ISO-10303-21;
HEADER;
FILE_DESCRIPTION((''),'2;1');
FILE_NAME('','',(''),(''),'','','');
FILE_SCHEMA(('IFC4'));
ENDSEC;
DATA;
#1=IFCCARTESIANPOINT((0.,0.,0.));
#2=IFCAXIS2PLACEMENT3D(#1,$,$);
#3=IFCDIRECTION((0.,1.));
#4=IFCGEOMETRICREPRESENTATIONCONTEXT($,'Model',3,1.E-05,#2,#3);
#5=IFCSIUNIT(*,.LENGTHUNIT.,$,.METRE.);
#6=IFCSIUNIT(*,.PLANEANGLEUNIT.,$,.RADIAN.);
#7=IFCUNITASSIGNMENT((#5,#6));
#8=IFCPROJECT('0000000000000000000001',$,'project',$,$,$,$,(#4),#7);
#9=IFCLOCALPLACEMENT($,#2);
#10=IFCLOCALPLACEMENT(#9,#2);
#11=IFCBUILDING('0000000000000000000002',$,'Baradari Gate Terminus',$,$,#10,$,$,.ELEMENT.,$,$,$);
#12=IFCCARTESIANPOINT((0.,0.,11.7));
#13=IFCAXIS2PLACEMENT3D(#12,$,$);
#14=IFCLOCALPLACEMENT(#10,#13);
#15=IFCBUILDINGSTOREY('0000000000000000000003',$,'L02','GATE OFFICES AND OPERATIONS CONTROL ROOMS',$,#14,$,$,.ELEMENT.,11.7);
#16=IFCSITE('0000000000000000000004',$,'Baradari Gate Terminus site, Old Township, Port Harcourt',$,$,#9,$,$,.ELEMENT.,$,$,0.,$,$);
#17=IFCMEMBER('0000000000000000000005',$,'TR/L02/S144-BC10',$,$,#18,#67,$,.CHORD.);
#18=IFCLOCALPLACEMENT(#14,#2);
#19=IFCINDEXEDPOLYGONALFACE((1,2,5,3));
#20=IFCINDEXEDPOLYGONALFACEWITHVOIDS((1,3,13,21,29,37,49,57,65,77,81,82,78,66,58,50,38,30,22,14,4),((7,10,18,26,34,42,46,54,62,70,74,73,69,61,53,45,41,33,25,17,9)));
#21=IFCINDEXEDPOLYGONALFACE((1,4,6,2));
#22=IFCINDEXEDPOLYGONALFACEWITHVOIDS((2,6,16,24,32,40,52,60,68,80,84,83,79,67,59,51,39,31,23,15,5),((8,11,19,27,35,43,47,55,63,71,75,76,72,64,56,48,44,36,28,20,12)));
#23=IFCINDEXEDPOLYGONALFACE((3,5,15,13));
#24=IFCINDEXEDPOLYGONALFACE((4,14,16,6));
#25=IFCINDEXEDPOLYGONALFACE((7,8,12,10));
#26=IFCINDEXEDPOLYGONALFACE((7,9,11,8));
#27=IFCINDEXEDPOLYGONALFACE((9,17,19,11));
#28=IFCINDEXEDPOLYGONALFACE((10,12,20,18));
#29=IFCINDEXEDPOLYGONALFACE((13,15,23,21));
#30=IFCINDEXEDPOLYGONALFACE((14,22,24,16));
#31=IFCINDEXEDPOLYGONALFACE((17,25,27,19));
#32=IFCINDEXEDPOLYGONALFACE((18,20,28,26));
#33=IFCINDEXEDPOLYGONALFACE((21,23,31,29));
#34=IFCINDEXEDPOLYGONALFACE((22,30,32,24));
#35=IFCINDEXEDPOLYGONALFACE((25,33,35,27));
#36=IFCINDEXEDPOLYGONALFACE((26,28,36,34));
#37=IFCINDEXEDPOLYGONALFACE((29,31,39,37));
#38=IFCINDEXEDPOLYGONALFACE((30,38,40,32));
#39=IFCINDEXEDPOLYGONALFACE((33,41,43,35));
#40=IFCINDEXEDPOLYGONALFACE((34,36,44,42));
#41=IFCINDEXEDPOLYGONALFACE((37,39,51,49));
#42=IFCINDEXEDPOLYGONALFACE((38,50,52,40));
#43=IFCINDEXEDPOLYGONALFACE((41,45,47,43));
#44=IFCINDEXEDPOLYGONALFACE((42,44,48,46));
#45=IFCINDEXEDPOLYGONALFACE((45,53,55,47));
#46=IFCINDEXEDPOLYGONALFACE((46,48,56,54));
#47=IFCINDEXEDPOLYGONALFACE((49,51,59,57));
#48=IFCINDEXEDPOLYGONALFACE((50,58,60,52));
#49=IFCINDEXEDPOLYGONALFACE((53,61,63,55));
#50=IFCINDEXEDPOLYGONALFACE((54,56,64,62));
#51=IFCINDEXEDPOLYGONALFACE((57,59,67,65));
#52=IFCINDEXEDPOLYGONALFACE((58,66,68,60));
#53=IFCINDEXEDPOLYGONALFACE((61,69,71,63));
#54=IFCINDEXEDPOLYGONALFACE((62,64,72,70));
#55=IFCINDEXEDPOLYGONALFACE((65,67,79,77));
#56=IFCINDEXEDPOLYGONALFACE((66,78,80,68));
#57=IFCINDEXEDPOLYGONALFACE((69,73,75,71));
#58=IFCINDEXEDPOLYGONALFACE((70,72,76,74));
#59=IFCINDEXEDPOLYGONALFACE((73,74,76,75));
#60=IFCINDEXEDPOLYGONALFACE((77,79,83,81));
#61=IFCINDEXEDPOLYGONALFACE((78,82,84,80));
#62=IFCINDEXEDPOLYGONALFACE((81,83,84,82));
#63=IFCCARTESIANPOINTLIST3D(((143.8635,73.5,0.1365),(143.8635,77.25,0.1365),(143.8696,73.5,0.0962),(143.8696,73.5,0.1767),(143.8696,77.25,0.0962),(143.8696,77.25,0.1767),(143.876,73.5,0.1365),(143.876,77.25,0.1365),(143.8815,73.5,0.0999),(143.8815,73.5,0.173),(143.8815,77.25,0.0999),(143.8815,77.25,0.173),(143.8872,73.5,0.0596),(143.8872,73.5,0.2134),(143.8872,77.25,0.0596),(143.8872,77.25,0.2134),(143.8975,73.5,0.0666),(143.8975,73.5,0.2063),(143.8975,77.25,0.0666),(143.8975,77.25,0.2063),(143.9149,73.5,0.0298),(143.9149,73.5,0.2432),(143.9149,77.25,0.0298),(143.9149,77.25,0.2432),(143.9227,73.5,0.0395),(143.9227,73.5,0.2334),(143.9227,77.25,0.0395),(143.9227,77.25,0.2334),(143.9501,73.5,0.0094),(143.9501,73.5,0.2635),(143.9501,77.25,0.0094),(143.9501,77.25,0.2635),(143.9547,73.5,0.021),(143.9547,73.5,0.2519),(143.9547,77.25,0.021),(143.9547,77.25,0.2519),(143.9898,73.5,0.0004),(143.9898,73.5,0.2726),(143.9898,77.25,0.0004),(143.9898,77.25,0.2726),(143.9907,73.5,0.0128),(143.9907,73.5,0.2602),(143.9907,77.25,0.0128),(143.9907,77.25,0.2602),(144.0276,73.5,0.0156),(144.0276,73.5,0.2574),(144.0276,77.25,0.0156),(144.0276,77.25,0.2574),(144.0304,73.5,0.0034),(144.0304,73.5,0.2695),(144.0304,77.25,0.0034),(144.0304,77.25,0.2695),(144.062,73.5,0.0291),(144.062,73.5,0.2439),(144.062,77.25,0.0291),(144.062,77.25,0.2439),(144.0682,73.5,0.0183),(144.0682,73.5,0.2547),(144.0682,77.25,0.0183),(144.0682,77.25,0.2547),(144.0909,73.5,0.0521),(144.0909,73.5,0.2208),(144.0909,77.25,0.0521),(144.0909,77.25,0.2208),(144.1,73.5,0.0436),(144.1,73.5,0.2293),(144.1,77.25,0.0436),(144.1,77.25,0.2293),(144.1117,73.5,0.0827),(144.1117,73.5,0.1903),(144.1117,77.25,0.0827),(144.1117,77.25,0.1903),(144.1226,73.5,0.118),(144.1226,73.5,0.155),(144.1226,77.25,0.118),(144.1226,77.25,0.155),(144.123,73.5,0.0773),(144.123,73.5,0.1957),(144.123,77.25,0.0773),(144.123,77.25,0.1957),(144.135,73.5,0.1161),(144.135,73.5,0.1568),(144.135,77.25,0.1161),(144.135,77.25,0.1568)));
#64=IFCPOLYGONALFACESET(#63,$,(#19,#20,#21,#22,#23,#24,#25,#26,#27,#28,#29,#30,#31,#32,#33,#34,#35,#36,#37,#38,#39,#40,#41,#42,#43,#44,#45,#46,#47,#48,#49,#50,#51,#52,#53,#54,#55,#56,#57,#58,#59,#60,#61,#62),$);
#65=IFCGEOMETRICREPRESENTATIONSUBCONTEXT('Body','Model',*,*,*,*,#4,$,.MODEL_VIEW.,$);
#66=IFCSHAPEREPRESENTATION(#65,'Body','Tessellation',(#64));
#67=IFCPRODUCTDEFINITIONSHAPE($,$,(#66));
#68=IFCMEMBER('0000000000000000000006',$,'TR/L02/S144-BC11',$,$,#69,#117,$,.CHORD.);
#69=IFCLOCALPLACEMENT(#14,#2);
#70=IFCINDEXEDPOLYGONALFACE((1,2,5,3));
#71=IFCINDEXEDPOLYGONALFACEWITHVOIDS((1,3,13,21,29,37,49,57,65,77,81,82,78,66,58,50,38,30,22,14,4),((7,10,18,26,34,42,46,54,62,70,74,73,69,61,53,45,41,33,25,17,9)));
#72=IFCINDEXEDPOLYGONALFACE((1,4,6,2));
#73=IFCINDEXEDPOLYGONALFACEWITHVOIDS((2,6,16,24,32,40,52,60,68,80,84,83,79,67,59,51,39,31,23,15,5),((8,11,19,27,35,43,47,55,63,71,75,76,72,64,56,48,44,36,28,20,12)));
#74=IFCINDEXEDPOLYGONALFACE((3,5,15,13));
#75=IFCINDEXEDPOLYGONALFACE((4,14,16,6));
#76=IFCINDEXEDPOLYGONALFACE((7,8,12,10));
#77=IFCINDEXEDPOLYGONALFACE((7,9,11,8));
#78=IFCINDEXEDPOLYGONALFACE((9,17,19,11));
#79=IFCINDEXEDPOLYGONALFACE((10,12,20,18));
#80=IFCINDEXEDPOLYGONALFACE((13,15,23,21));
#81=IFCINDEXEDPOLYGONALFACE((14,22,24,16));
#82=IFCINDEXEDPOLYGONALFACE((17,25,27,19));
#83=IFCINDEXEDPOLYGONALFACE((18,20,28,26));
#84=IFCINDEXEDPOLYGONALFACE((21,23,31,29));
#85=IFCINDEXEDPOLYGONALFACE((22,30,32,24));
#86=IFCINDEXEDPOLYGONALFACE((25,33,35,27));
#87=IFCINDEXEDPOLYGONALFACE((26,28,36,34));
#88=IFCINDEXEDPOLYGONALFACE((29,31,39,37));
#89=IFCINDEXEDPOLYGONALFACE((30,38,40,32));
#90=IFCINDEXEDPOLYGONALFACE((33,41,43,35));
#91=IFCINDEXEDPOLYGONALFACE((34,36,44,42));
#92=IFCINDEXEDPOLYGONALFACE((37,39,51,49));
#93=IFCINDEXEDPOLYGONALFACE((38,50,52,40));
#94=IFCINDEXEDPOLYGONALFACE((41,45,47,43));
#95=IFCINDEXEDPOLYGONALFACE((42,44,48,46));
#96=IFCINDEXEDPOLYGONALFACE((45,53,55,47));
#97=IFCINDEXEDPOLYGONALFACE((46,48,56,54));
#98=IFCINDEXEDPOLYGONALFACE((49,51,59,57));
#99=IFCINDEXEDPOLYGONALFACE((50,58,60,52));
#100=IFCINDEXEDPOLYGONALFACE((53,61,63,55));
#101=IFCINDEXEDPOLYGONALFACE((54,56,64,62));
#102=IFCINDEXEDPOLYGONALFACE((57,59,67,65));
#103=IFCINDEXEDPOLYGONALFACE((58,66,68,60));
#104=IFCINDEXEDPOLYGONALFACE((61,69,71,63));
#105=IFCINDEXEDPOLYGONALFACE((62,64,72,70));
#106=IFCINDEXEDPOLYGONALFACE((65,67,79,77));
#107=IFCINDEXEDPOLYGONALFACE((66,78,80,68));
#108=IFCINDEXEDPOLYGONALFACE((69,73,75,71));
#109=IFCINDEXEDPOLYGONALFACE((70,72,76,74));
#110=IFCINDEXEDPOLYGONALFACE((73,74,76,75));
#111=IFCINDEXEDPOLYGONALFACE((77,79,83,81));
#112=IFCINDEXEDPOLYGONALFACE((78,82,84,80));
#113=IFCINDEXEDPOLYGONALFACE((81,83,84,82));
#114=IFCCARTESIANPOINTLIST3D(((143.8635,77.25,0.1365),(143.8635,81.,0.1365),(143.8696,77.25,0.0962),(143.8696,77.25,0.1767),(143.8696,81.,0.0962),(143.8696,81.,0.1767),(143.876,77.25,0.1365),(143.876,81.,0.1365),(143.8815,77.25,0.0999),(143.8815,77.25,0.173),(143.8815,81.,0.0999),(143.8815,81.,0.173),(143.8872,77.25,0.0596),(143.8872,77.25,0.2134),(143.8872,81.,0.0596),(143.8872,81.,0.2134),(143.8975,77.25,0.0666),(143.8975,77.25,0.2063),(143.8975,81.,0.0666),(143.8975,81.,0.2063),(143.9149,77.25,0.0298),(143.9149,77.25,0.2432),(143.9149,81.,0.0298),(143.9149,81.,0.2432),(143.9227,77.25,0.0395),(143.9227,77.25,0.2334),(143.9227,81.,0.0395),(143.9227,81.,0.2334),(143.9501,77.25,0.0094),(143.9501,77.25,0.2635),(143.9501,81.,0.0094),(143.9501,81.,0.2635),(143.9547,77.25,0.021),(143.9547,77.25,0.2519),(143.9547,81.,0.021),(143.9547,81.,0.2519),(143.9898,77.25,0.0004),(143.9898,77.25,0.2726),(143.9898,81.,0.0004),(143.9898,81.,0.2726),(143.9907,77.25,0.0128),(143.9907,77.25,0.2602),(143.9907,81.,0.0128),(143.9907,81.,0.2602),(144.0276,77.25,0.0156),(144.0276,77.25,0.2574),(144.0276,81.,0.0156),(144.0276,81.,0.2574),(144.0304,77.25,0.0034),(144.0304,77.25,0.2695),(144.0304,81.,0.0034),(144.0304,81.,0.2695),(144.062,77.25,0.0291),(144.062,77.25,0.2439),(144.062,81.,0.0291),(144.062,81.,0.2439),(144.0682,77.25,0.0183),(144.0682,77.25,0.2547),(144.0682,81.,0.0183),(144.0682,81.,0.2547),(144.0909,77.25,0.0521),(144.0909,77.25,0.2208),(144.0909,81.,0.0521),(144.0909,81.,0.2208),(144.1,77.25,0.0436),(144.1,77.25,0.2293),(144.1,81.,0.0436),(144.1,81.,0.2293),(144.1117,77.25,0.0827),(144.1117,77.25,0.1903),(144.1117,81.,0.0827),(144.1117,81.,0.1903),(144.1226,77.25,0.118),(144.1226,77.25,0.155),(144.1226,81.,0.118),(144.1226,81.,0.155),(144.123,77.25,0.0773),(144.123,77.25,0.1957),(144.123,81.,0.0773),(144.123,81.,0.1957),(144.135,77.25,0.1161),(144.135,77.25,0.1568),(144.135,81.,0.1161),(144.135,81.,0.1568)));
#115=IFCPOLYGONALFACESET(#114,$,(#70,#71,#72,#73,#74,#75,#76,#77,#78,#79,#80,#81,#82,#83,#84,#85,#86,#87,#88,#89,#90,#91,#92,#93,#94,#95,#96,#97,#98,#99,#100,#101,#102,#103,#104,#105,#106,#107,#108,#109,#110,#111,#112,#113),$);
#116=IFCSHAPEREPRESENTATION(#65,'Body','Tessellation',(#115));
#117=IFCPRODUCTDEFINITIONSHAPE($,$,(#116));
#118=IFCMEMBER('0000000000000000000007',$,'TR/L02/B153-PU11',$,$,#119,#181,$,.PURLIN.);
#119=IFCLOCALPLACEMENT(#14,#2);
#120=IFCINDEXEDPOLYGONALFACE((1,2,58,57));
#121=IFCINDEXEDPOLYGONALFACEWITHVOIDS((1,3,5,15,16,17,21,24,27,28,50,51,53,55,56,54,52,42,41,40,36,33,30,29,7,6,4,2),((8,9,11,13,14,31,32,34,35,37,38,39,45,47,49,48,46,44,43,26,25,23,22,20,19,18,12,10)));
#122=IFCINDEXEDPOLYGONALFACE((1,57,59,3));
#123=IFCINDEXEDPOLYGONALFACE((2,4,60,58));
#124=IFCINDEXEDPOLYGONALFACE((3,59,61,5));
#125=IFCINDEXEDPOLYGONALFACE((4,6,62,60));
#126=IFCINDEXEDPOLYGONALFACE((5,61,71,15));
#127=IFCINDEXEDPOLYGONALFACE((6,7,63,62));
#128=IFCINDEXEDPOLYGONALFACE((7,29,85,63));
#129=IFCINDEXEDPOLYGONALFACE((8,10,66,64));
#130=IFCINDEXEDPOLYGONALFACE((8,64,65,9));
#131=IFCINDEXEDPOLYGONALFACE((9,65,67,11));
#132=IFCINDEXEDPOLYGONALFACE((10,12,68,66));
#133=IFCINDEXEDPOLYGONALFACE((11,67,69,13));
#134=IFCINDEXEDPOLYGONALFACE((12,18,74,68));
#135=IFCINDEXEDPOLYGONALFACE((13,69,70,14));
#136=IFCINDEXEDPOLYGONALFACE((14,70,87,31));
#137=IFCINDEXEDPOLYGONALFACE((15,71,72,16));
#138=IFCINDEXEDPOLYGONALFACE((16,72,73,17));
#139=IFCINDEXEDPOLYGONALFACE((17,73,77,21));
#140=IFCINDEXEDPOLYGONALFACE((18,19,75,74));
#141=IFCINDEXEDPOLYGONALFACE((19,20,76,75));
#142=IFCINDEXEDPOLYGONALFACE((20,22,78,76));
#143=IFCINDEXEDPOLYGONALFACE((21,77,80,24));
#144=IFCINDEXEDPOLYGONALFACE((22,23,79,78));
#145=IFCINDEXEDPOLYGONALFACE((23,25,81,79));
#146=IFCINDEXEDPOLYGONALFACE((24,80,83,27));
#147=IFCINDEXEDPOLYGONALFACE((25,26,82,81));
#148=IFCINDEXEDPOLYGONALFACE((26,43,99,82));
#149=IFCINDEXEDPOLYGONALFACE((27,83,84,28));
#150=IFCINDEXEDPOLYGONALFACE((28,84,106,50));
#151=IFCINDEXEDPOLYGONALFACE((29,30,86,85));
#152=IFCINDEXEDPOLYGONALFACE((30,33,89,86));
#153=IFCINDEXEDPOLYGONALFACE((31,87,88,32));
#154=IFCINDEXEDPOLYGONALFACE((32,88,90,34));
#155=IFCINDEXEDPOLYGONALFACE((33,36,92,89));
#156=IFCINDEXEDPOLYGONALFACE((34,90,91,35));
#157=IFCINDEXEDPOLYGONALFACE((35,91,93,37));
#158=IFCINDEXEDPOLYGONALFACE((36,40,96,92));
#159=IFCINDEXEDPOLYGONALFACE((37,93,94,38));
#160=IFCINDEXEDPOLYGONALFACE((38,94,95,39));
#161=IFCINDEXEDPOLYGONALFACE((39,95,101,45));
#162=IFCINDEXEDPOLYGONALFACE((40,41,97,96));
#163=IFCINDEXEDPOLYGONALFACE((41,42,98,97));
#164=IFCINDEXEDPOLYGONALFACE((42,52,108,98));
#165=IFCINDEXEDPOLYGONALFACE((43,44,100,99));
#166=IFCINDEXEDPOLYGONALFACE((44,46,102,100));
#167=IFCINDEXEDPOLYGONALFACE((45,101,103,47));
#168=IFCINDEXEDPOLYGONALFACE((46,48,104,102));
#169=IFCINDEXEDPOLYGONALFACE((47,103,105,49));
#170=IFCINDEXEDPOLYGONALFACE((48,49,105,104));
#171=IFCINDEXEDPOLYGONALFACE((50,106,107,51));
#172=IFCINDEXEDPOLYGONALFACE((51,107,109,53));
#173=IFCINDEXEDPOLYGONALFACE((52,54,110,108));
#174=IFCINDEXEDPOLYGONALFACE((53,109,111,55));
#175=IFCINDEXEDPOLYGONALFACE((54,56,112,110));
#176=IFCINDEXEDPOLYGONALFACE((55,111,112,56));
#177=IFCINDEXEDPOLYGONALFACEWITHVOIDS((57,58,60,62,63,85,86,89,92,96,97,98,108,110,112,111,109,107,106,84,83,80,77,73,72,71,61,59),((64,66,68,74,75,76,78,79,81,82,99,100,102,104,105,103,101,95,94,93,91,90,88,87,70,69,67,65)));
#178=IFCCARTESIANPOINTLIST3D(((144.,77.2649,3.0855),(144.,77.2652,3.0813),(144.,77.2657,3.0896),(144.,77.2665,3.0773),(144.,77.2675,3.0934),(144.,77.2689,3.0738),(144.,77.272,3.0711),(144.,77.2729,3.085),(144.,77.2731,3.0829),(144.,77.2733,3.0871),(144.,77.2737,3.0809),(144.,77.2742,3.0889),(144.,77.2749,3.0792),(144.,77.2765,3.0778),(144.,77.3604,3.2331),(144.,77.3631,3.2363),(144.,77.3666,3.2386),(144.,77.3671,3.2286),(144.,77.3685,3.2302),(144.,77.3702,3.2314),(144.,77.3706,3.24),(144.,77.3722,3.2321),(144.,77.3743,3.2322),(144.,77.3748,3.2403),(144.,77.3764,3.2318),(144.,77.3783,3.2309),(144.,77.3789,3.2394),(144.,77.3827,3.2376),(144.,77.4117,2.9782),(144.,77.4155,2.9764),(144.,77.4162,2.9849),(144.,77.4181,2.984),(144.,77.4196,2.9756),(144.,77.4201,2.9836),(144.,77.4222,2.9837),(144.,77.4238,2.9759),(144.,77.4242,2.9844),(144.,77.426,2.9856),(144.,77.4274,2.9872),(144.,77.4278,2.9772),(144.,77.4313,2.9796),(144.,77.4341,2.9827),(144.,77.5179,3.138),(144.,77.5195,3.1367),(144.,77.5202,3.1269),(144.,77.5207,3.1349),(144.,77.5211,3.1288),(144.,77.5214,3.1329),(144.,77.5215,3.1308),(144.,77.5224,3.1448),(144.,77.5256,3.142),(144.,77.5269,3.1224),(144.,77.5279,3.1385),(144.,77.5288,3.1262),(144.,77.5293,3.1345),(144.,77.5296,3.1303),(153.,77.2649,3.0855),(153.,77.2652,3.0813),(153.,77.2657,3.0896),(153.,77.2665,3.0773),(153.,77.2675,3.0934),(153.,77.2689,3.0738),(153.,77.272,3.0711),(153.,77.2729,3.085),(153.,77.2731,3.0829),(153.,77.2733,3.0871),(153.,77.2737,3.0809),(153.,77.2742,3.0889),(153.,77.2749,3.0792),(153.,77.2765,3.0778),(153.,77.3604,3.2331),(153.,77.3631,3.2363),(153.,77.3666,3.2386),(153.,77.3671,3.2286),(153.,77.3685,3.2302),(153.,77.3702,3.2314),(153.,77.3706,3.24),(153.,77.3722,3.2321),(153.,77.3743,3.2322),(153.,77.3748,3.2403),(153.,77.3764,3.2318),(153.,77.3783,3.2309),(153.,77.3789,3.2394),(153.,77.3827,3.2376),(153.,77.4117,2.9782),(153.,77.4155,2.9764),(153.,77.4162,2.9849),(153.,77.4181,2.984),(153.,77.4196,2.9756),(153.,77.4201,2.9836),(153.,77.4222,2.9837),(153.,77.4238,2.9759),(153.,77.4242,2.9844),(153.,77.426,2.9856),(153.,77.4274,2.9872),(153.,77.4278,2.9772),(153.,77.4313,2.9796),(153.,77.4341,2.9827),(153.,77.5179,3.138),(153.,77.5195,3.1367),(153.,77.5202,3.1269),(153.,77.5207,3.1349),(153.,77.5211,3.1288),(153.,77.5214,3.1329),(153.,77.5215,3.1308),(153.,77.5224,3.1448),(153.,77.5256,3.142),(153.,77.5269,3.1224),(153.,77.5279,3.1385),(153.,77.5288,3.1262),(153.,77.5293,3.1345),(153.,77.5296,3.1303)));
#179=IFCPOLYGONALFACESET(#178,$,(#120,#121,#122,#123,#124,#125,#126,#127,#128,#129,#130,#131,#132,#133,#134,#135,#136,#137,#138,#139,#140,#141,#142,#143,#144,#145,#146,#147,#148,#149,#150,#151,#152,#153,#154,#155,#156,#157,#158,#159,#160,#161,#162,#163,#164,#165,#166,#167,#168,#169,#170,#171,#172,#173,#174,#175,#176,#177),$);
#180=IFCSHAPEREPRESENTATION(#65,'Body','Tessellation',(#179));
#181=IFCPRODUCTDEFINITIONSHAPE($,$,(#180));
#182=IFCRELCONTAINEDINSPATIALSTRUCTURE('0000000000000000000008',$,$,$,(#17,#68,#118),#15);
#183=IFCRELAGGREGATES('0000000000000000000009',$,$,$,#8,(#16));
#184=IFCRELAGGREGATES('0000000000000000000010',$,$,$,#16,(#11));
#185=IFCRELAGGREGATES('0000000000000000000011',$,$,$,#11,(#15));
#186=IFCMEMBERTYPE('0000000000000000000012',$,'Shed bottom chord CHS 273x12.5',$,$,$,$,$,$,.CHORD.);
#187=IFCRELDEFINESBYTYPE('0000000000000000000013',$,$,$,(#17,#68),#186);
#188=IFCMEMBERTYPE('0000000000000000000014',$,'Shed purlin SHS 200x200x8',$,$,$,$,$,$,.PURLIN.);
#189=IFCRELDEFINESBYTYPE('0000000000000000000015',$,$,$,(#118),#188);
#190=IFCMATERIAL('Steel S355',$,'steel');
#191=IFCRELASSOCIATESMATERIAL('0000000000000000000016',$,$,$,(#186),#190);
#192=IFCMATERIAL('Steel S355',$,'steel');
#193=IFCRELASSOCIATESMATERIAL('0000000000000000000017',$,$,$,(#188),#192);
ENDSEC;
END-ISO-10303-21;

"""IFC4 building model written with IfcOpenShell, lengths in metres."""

from ifc_helpers import new_model, si_unit, direction, frame, origin, origin_2d, place, context, subcontext, project, spatial, hollow_rectangle, hollow_circle, extrude, material, material_profile, profile_set, type_object, element, save


model = new_model("IFC4")

# Units and contexts
model_context = context("Model", 3, precision=1e-05, world=origin(), true_north=direction((0.0, 1.0)))
body_context = subcontext(model_context, "Body", "Model", "MODEL_VIEW")
ifc_project = project(units=[si_unit("LENGTHUNIT", "METRE"), si_unit("PLANEANGLEUNIT", "RADIAN")], contexts=[model_context])

# Site, building, storey
site_placement = place(None, origin())
site = spatial("IfcSite", under=ifc_project, at=site_placement, Name="Baradari Gate Terminus site, Old Township, Port Harcourt", CompositionType="ELEMENT", RefElevation=0.0)
building_placement = place(site_placement, origin())
building = spatial("IfcBuilding", under=site, at=building_placement, Name="Baradari Gate Terminus", CompositionType="ELEMENT")
storey_placement = place(building_placement, frame((0.0, 0.0, 11.7)))
storey = spatial("IfcBuildingStorey", under=building, at=storey_placement, Name="L02", Description="GATE OFFICES AND OPERATIONS CONTROL ROOMS", CompositionType="ELEMENT", Elevation=11.7)

# Members
ifc_material_1 = material(Name="Steel S355", Category="steel")
ifc_material_profile_1 = material_profile(ifc_material_1, hollow_circle(Radius=0.1365, WallThickness=0.0125, at=origin_2d()), Name="CHS 273x12.5")
ifc_profile_set_1 = profile_set([ifc_material_profile_1], Name="Steel S355")
member_type_1 = type_object("IfcMemberType", Name="Shed bottom chord CHS 273x12.5", PredefinedType="CHORD", material=ifc_profile_set_1)
for number, where, z_axis, x_axis, name in (
    (1, (144.0, 73.5, 0.1365), (0.0, 1.0, 0.0), (-1.0, 0.0, 0.0), "TR/L02/S144-BC10"),
    (2, (144.0, 77.25, 0.1365), (0.0, 1.0, 0.0), (-1.0, 0.0, 0.0), "TR/L02/S144-BC11"),
):
    element("IfcMember", number, at=place(storey_placement, frame(where, z_axis=z_axis, x_axis=x_axis)), inside=storey, type_object=member_type_1, Name=name, PredefinedType="CHORD", context=body_context, shape_type="SweptSolid", body=[
        extrude(hollow_circle(Radius=0.1365, WallThickness=0.0125, at=origin_2d()), origin(), (0.0, 0.0, 1.0), 3.75),
    ])
ifc_material_2 = material(Name="Steel S355", Category="steel")
ifc_material_profile_2 = material_profile(ifc_material_2, hollow_rectangle(XDim=0.2, YDim=0.2, WallThickness=0.0081, InnerFilletRadius=0.0081, OuterFilletRadius=0.0161, at=origin_2d()), Name="SHS 200x200x8")
ifc_profile_set_2 = profile_set([ifc_material_profile_2], Name="Steel S355")
member_type_2 = type_object("IfcMemberType", Name="Shed purlin SHS 200x200x8", PredefinedType="PURLIN", material=ifc_profile_set_2)
member_1_placement = place(storey_placement, frame((144.0, 77.3972, 3.1079), z_axis=(1.0, 0.0, 0.0), x_axis=(0.0, 0.832836, -0.553519)))
element("IfcMember", 3, at=member_1_placement, inside=storey, type_object=member_type_2, Name="TR/L02/B153-PU11", PredefinedType="PURLIN", context=body_context, shape_type="SweptSolid", body=[
    extrude(hollow_rectangle(XDim=0.2, YDim=0.2, WallThickness=0.0081, InnerFilletRadius=0.0081, OuterFilletRadius=0.0161, at=origin_2d()), origin(), (0.0, 0.0, 1.0), 9.0),
])

save(model, "model.ifc")
